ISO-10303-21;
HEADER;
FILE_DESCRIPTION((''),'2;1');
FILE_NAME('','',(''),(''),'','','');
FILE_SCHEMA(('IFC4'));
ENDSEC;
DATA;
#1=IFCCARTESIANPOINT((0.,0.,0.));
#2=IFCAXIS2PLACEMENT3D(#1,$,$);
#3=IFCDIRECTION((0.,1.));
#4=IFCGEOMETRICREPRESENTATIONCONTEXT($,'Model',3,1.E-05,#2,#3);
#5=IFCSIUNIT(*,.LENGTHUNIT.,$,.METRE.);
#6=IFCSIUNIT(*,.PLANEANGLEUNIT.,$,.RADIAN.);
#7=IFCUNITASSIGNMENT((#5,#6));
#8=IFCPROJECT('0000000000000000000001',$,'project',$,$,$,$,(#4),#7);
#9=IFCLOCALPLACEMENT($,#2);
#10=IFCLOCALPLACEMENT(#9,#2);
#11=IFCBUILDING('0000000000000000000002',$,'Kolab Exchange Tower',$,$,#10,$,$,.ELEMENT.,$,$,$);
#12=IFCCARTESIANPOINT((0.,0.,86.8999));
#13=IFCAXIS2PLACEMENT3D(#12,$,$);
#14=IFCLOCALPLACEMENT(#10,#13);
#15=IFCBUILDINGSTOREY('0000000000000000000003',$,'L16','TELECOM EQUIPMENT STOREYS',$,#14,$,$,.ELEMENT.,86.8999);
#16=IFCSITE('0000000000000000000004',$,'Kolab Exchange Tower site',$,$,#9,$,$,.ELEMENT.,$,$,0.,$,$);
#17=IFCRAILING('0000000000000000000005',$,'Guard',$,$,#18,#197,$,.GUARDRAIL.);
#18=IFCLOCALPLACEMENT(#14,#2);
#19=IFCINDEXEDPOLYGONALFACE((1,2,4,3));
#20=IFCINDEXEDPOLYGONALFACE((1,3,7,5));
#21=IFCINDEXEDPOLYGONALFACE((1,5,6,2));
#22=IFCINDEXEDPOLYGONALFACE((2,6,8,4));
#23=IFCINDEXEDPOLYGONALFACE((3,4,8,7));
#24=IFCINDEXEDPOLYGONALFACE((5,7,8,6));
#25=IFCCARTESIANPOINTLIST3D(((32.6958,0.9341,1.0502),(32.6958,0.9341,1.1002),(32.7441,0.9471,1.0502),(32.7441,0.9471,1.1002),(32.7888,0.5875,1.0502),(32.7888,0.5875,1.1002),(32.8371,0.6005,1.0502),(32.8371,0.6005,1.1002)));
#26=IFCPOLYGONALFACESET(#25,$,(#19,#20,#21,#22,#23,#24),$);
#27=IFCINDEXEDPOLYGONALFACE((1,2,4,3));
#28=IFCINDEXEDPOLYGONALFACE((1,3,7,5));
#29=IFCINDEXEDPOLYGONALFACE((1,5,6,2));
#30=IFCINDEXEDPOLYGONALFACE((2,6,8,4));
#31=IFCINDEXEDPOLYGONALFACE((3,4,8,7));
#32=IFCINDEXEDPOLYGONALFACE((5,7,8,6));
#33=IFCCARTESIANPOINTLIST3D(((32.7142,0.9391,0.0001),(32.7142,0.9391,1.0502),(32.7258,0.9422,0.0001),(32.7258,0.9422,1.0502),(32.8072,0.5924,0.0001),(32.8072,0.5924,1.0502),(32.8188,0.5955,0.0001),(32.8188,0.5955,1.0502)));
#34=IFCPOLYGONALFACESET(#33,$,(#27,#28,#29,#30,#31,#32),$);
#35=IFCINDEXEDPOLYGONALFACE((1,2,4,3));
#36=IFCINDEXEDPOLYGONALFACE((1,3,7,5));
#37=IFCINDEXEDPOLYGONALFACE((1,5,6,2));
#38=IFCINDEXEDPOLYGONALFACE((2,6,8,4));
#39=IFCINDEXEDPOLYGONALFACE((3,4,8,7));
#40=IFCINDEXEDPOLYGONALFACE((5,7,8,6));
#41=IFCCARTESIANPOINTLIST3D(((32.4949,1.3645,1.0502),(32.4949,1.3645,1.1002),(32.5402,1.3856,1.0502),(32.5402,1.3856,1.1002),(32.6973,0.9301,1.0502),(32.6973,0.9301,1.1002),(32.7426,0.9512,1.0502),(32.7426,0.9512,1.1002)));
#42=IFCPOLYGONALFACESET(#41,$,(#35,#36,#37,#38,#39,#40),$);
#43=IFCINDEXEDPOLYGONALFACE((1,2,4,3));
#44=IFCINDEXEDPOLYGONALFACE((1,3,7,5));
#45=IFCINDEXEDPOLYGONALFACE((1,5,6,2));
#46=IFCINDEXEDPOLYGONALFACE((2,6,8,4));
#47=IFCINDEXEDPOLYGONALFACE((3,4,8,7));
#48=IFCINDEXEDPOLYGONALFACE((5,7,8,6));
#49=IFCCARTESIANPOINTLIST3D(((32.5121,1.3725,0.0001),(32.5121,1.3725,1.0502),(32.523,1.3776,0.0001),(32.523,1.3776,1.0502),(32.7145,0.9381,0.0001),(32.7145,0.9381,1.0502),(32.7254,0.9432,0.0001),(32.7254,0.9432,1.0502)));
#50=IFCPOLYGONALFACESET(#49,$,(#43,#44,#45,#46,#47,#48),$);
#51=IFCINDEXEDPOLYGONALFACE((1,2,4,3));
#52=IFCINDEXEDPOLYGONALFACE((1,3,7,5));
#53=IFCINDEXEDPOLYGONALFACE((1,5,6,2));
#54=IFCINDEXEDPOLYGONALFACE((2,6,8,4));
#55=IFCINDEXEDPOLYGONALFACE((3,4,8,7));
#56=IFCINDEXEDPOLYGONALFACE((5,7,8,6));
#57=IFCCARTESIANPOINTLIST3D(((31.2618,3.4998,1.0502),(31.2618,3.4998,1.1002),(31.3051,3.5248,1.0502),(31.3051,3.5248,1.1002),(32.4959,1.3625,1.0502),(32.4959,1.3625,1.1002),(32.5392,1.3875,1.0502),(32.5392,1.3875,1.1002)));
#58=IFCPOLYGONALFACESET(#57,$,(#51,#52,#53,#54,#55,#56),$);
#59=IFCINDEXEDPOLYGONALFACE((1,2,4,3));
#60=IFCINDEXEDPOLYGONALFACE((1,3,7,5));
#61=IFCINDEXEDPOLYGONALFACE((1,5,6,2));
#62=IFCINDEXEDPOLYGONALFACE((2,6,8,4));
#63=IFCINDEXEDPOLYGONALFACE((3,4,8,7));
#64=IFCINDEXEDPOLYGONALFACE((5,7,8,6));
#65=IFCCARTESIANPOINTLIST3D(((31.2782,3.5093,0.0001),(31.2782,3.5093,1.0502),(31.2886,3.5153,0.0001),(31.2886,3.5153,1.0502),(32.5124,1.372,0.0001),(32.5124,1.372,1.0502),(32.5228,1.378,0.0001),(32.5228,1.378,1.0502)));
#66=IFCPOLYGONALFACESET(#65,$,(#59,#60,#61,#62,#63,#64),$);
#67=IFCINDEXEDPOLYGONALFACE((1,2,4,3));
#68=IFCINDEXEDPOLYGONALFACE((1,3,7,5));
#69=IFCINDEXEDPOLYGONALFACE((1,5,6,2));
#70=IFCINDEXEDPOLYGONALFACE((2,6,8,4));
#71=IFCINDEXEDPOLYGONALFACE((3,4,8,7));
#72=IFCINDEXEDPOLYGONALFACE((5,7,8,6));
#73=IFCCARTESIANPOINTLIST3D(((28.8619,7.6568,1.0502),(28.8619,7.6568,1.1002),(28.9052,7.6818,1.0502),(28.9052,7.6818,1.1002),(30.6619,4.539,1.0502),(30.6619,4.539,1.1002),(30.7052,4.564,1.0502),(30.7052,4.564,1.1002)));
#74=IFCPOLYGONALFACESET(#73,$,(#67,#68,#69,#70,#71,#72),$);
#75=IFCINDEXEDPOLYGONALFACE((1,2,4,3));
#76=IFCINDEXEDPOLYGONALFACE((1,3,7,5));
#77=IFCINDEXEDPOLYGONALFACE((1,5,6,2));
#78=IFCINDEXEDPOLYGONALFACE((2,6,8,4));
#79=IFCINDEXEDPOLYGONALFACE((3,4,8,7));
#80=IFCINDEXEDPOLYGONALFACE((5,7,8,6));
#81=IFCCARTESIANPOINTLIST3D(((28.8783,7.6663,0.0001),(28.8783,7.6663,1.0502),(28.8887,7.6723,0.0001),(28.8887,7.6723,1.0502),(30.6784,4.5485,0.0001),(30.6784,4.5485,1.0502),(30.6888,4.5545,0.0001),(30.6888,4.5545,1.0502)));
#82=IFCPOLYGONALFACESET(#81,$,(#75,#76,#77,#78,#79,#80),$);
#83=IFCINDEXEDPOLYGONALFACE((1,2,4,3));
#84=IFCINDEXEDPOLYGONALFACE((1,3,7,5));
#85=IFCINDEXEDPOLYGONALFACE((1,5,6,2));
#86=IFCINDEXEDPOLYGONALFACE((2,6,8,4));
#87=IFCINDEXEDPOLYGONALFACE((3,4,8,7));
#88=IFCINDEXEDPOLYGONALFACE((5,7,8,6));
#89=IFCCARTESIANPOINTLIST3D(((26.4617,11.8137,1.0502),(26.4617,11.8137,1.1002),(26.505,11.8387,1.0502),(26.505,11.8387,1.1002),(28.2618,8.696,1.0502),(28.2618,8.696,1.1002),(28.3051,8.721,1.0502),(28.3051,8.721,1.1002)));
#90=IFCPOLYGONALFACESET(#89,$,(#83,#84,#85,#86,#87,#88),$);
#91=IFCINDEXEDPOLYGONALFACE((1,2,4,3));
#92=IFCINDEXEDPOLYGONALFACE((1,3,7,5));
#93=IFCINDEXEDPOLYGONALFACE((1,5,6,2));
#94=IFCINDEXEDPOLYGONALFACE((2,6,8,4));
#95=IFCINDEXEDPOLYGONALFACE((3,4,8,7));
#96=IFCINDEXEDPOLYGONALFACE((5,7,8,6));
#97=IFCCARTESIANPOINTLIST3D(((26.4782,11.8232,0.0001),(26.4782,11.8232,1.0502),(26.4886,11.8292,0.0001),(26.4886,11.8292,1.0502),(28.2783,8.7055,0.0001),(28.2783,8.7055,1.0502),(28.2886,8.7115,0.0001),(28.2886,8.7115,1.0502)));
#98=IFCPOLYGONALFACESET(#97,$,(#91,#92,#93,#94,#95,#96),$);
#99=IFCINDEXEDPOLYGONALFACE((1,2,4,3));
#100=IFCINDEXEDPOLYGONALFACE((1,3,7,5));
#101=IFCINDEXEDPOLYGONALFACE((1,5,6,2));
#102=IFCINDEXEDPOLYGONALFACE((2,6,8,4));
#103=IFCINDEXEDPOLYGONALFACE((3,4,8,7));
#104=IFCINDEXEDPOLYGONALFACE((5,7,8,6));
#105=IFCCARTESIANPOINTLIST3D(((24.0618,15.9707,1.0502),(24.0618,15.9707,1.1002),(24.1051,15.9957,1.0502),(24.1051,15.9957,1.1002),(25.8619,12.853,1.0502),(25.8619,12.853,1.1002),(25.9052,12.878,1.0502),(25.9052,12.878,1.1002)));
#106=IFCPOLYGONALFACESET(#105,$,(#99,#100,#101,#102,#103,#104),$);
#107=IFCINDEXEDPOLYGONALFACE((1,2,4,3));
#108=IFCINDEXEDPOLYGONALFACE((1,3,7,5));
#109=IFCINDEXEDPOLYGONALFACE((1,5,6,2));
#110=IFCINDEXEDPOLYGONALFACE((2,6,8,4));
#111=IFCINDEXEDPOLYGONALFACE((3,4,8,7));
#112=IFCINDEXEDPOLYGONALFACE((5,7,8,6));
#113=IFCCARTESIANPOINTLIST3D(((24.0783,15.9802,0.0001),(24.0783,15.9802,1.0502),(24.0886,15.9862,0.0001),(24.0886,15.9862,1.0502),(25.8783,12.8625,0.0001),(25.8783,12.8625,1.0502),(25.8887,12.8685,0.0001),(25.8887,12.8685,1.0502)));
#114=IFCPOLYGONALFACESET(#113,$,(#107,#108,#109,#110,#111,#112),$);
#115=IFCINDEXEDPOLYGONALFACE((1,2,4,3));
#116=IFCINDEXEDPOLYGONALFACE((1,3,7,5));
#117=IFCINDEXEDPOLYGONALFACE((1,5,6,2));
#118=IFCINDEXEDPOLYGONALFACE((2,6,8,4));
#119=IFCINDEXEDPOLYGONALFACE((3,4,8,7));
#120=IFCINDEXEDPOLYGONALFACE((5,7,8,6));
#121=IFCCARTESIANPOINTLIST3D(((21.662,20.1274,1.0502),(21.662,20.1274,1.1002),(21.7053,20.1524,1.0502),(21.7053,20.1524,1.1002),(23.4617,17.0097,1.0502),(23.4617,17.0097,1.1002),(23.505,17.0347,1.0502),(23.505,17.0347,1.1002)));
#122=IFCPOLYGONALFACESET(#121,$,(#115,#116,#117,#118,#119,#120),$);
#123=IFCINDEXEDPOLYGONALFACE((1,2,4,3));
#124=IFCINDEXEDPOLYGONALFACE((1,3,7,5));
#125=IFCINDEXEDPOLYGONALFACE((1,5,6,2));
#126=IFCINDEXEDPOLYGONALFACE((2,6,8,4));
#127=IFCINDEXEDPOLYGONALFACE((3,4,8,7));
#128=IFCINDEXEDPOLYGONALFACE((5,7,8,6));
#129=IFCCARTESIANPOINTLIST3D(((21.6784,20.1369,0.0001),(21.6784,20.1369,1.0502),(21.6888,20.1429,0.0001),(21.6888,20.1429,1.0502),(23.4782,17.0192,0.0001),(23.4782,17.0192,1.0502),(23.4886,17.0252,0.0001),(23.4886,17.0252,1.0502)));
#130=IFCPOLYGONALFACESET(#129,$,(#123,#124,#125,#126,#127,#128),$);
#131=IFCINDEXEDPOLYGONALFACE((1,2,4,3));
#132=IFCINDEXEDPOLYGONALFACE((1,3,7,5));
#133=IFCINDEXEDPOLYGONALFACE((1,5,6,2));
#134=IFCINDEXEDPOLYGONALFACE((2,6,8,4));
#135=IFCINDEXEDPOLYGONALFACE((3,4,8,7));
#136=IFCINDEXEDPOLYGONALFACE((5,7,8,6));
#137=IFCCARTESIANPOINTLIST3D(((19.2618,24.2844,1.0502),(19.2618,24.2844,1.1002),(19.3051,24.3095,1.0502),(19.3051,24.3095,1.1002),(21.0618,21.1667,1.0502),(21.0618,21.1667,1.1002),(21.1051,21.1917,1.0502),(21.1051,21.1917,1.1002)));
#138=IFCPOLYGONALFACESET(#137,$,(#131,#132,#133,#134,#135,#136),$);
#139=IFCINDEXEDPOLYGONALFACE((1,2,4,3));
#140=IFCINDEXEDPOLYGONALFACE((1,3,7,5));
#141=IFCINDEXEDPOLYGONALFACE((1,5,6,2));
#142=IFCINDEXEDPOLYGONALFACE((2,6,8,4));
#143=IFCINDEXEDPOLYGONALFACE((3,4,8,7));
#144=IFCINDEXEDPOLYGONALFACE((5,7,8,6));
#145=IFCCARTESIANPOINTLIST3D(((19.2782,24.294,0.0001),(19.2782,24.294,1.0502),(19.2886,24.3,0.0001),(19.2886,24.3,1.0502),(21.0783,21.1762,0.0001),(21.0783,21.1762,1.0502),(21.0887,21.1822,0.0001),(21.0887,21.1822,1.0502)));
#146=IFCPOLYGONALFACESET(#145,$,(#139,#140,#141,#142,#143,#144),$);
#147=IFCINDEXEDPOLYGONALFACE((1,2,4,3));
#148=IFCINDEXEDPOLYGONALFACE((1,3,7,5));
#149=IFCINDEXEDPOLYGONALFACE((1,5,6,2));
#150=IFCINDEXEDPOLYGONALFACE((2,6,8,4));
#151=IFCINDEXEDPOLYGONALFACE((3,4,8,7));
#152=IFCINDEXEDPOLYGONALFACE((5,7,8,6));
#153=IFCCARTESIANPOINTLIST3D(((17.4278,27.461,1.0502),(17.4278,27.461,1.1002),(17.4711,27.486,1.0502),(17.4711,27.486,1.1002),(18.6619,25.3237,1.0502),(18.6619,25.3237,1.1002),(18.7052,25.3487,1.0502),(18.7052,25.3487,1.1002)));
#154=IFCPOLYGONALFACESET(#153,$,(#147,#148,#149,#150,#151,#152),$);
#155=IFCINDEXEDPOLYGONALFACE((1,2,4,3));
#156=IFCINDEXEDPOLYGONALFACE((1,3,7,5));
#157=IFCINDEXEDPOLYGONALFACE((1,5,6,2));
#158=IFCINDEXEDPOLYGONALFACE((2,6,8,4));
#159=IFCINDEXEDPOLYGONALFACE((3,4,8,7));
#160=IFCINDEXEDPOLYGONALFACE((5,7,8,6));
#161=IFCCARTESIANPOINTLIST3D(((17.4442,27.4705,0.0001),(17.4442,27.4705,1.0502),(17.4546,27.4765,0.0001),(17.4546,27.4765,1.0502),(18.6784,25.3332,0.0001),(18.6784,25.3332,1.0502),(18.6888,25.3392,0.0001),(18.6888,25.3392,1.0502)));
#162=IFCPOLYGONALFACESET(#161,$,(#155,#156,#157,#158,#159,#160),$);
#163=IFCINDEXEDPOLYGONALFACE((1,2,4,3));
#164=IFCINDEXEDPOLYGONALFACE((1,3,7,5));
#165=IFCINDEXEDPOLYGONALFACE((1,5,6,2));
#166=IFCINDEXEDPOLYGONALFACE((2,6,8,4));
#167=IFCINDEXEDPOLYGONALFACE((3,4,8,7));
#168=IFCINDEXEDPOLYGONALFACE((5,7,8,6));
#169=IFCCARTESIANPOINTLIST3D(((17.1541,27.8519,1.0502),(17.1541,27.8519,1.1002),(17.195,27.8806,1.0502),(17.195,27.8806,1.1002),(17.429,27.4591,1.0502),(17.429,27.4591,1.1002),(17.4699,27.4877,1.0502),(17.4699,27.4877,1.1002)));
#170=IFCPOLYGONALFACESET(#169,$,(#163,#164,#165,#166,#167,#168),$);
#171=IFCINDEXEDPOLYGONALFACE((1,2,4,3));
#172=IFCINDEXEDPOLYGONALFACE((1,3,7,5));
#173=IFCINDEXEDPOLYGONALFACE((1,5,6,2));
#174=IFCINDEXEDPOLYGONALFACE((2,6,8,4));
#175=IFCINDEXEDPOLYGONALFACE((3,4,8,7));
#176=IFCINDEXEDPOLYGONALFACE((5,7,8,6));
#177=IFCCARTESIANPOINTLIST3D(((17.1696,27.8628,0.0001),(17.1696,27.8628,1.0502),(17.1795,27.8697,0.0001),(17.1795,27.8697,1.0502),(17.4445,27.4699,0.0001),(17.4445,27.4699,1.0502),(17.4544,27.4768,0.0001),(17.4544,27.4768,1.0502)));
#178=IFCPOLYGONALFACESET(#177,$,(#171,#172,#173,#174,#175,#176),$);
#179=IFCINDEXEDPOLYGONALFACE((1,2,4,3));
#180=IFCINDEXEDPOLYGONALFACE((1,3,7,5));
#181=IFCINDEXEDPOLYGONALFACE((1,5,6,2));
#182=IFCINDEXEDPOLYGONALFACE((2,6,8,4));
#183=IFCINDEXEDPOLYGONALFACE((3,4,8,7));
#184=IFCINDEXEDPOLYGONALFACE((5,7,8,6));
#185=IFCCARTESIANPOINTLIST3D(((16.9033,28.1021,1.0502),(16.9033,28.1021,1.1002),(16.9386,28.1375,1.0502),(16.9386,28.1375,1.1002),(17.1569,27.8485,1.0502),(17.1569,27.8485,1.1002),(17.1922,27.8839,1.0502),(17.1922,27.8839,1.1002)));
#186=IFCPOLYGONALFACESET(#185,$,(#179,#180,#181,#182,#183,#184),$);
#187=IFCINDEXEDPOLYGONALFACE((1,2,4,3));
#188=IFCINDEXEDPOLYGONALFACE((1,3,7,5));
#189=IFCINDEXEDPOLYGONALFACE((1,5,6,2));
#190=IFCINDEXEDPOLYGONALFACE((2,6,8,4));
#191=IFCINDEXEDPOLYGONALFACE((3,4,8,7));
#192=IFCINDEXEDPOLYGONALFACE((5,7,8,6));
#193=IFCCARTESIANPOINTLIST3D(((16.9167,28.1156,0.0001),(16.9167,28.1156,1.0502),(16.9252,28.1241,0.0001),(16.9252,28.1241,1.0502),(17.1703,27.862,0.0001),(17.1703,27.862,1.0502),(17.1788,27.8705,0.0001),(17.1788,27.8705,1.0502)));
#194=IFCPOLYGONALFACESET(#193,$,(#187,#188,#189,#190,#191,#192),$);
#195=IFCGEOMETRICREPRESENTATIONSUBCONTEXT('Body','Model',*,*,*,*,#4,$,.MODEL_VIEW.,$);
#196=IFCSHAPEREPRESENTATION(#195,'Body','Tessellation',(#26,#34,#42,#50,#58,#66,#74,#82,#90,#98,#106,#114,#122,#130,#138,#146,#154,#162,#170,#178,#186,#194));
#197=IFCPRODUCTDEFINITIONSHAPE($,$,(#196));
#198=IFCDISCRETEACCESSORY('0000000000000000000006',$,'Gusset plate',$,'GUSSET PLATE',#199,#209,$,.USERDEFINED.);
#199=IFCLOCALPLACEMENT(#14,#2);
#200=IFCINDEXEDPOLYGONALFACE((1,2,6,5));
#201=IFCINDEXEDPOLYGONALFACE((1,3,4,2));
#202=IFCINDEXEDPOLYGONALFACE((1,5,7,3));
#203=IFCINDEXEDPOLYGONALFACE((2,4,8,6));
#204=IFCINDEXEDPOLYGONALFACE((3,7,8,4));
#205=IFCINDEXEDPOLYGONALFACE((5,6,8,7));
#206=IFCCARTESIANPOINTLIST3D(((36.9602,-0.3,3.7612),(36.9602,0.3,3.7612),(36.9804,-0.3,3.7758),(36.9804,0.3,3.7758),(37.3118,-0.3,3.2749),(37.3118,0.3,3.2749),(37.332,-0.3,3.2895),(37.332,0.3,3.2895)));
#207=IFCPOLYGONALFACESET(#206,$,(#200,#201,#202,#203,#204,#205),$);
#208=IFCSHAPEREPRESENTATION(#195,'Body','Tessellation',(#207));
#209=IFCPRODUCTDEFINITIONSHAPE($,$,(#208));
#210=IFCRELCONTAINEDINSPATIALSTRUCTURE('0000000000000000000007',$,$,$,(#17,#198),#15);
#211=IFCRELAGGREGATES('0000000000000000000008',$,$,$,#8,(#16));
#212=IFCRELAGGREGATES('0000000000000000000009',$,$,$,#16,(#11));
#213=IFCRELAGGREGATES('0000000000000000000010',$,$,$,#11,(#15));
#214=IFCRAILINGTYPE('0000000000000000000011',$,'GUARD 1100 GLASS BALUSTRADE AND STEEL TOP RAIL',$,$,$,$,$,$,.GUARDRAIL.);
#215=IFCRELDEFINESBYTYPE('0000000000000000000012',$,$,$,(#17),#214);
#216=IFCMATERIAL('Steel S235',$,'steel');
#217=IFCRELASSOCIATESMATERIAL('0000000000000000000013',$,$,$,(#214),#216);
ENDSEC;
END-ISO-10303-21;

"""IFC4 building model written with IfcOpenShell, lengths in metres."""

from ifc_helpers import new_model, si_unit, direction, frame, frame_2d, origin, origin_2d, place, context, subcontext, project, spatial, rectangle, extrude, material, type_object, element, save


model = new_model("IFC4")

# Units and contexts
model_context = context("Model", 3, precision=1e-05, world=origin(), true_north=direction((0.0, 1.0)))
body_context = subcontext(model_context, "Body", "Model", "MODEL_VIEW")
ifc_project = project(units=[si_unit("LENGTHUNIT", "METRE"), si_unit("PLANEANGLEUNIT", "RADIAN")], contexts=[model_context])

# Site, building, storey
site_placement = place(None, origin())
site = spatial("IfcSite", under=ifc_project, at=site_placement, Name="Kolab Exchange Tower site", CompositionType="ELEMENT", RefElevation=0.0)
building_placement = place(site_placement, origin())
building = spatial("IfcBuilding", under=site, at=building_placement, Name="Kolab Exchange Tower", CompositionType="ELEMENT")
storey_placement = place(building_placement, frame((0.0, 0.0, 86.8999)))
storey = spatial("IfcBuildingStorey", under=building, at=storey_placement, Name="L16", Description="TELECOM EQUIPMENT STOREYS", CompositionType="ELEMENT", Elevation=86.8999)

# Railing
ifc_material_1 = material(Name="Steel S235", Category="steel")
railing_type = type_object("IfcRailingType", Name="GUARD 1100 GLASS BALUSTRADE AND STEEL TOP RAIL", PredefinedType="GUARDRAIL", material=ifc_material_1)
railing_placement = place(storey_placement, frame((32.813, 0.594, 0.0)))
element("IfcRailing", 1, at=railing_placement, inside=storey, type_object=railing_type, Name="Guard", PredefinedType="GUARDRAIL", context=body_context, shape_type="SweptSolid", body=[
    extrude(rectangle(XDim=0.05, YDim=0.05, at=origin_2d()), frame((0.0, 0.0, 1.0752), z_axis=(-0.259144, 0.965839, 0.0), x_axis=(-0.965839, -0.259144, 0.0)), (0.0, 0.0, 1.0), 0.3589),
    extrude(rectangle(XDim=0.012, YDim=1.0501, at=frame_2d((0.0, 0.5251))), frame((0.0, 0.0, 0.0), z_axis=(-0.259144, 0.965839, 0.0), x_axis=(-0.965839, -0.259144, 0.0)), (0.0, 0.0, 1.0), 0.3589),
    extrude(rectangle(XDim=0.05, YDim=0.05, at=origin_2d()), frame((-0.093, 0.3467, 1.0752), z_axis=(-0.422383, 0.906417, 0.0), x_axis=(-0.906417, -0.422383, 0.0)), (0.0, 0.0, 1.0), 0.4792),
    extrude(rectangle(XDim=0.012, YDim=1.0501, at=frame_2d((0.0, 0.5251))), frame((-0.093, 0.3467, 0.0), z_axis=(-0.422383, 0.906417, 0.0), x_axis=(-0.906417, -0.422383, 0.0)), (0.0, 0.0, 1.0), 0.4792),
    extrude(rectangle(XDim=0.05, YDim=0.05, at=origin_2d()), frame((-0.2954, 0.781, 1.0752), z_axis=(-0.500065, 0.865988, 0.0), x_axis=(-0.865988, -0.500065, 0.0)), (0.0, 0.0, 1.0), 2.468),
    extrude(rectangle(XDim=0.012, YDim=1.0501, at=frame_2d((0.0, 0.5251))), frame((-0.2954, 0.781, 0.0), z_axis=(-0.500065, 0.865988, 0.0), x_axis=(-0.865988, -0.500065, 0.0)), (0.0, 0.0, 1.0), 2.468),
    extrude(rectangle(XDim=0.05, YDim=0.05, at=origin_2d()), frame((-2.1294, 3.9575, 1.0752), z_axis=(-0.500012, 0.866018, 0.0), x_axis=(-0.866018, -0.500012, 0.0)), (0.0, 0.0, 1.0), 3.6001),
    extrude(rectangle(XDim=0.012, YDim=1.0501, at=frame_2d((0.0, 0.5251))), frame((-2.1294, 3.9575, 0.0), z_axis=(-0.500012, 0.866018, 0.0), x_axis=(-0.866018, -0.500012, 0.0)), (0.0, 0.0, 1.0), 3.6001),
    extrude(rectangle(XDim=0.05, YDim=0.05, at=origin_2d()), frame((-4.5295, 8.1145, 1.0752), z_axis=(-0.500012, 0.866018, 0.0), x_axis=(-0.866018, -0.500012, 0.0)), (0.0, 0.0, 1.0), 3.6001),
    extrude(rectangle(XDim=0.012, YDim=1.0501, at=frame_2d((0.0, 0.5251))), frame((-4.5295, 8.1145, 0.0), z_axis=(-0.500012, 0.866018, 0.0), x_axis=(-0.866018, -0.500012, 0.0)), (0.0, 0.0, 1.0), 3.6001),
    extrude(rectangle(XDim=0.05, YDim=0.05, at=origin_2d()), frame((-6.9294, 12.2715, 1.0752), z_axis=(-0.500012, 0.866018, 0.0), x_axis=(-0.866018, -0.500012, 0.0)), (0.0, 0.0, 1.0), 3.6001),
    extrude(rectangle(XDim=0.012, YDim=1.0501, at=frame_2d((0.0, 0.5251))), frame((-6.9294, 12.2715, 0.0), z_axis=(-0.500012, 0.866018, 0.0), x_axis=(-0.866018, -0.500012, 0.0)), (0.0, 0.0, 1.0), 3.6001),
    extrude(rectangle(XDim=0.05, YDim=0.05, at=origin_2d()), frame((-9.3296, 16.4282, 1.0752), z_axis=(-0.499961, 0.866048, 0.0), x_axis=(-0.866048, -0.499961, 0.0)), (0.0, 0.0, 1.0), 3.5999),
    extrude(rectangle(XDim=0.012, YDim=1.0501, at=frame_2d((0.0, 0.5251))), frame((-9.3296, 16.4282, 0.0), z_axis=(-0.499961, 0.866048, 0.0), x_axis=(-0.866048, -0.499961, 0.0)), (0.0, 0.0, 1.0), 3.5999),
    extrude(rectangle(XDim=0.05, YDim=0.05, at=origin_2d()), frame((-11.7295, 20.5852, 1.0752), z_axis=(-0.500012, 0.866018, 0.0), x_axis=(-0.866018, -0.500012, 0.0)), (0.0, 0.0, 1.0), 3.6001),
    extrude(rectangle(XDim=0.012, YDim=1.0501, at=frame_2d((0.0, 0.5251))), frame((-11.7295, 20.5852, 0.0), z_axis=(-0.500012, 0.866018, 0.0), x_axis=(-0.866018, -0.500012, 0.0)), (0.0, 0.0, 1.0), 3.6001),
    extrude(rectangle(XDim=0.05, YDim=0.05, at=origin_2d()), frame((-14.1294, 24.7422, 1.0752), z_axis=(-0.500065, 0.865988, 0.0), x_axis=(-0.865988, -0.500065, 0.0)), (0.0, 0.0, 1.0), 2.468),
    extrude(rectangle(XDim=0.012, YDim=1.0501, at=frame_2d((0.0, 0.5251))), frame((-14.1294, 24.7422, 0.0), z_axis=(-0.500065, 0.865988, 0.0), x_axis=(-0.865988, -0.500065, 0.0)), (0.0, 0.0, 1.0), 2.468),
    extrude(rectangle(XDim=0.05, YDim=0.05, at=origin_2d()), frame((-15.3635, 26.8794, 1.0752), z_axis=(-0.57336, 0.819304, 0.0), x_axis=(-0.819304, -0.57336, 0.0)), (0.0, 0.0, 1.0), 0.4795),
    extrude(rectangle(XDim=0.012, YDim=1.0501, at=frame_2d((0.0, 0.5251))), frame((-15.3635, 26.8794, 0.0), z_axis=(-0.57336, 0.819304, 0.0), x_axis=(-0.819304, -0.57336, 0.0)), (0.0, 0.0, 1.0), 0.4795),
    extrude(rectangle(XDim=0.05, YDim=0.05, at=origin_2d()), frame((-15.6384, 27.2722, 1.0752), z_axis=(-0.707107, 0.707107, 0.0), x_axis=(-0.707107, -0.707107, 0.0)), (0.0, 0.0, 1.0), 0.3586),
    extrude(rectangle(XDim=0.012, YDim=1.0501, at=frame_2d((0.0, 0.5251))), frame((-15.6384, 27.2722, 0.0), z_axis=(-0.707107, 0.707107, 0.0), x_axis=(-0.707107, -0.707107, 0.0)), (0.0, 0.0, 1.0), 0.3586),
])

# Discrete accessory
discrete_accessory_placement = place(storey_placement, frame((37.136, 0.0, 3.5181), z_axis=(0.810422, 0.0, 0.585847), x_axis=(0.0, 1.0, 0.0)))
element("IfcDiscreteAccessory", 2, at=discrete_accessory_placement, inside=storey, Name="Gusset plate", ObjectType="GUSSET PLATE", PredefinedType="USERDEFINED", context=body_context, shape_type="SweptSolid", body=[
    extrude(rectangle(XDim=0.6001, YDim=0.6001, at=origin_2d()), origin(), (0.0, 0.0, 1.0), 0.0249),
])

save(model, "model.ifc")
